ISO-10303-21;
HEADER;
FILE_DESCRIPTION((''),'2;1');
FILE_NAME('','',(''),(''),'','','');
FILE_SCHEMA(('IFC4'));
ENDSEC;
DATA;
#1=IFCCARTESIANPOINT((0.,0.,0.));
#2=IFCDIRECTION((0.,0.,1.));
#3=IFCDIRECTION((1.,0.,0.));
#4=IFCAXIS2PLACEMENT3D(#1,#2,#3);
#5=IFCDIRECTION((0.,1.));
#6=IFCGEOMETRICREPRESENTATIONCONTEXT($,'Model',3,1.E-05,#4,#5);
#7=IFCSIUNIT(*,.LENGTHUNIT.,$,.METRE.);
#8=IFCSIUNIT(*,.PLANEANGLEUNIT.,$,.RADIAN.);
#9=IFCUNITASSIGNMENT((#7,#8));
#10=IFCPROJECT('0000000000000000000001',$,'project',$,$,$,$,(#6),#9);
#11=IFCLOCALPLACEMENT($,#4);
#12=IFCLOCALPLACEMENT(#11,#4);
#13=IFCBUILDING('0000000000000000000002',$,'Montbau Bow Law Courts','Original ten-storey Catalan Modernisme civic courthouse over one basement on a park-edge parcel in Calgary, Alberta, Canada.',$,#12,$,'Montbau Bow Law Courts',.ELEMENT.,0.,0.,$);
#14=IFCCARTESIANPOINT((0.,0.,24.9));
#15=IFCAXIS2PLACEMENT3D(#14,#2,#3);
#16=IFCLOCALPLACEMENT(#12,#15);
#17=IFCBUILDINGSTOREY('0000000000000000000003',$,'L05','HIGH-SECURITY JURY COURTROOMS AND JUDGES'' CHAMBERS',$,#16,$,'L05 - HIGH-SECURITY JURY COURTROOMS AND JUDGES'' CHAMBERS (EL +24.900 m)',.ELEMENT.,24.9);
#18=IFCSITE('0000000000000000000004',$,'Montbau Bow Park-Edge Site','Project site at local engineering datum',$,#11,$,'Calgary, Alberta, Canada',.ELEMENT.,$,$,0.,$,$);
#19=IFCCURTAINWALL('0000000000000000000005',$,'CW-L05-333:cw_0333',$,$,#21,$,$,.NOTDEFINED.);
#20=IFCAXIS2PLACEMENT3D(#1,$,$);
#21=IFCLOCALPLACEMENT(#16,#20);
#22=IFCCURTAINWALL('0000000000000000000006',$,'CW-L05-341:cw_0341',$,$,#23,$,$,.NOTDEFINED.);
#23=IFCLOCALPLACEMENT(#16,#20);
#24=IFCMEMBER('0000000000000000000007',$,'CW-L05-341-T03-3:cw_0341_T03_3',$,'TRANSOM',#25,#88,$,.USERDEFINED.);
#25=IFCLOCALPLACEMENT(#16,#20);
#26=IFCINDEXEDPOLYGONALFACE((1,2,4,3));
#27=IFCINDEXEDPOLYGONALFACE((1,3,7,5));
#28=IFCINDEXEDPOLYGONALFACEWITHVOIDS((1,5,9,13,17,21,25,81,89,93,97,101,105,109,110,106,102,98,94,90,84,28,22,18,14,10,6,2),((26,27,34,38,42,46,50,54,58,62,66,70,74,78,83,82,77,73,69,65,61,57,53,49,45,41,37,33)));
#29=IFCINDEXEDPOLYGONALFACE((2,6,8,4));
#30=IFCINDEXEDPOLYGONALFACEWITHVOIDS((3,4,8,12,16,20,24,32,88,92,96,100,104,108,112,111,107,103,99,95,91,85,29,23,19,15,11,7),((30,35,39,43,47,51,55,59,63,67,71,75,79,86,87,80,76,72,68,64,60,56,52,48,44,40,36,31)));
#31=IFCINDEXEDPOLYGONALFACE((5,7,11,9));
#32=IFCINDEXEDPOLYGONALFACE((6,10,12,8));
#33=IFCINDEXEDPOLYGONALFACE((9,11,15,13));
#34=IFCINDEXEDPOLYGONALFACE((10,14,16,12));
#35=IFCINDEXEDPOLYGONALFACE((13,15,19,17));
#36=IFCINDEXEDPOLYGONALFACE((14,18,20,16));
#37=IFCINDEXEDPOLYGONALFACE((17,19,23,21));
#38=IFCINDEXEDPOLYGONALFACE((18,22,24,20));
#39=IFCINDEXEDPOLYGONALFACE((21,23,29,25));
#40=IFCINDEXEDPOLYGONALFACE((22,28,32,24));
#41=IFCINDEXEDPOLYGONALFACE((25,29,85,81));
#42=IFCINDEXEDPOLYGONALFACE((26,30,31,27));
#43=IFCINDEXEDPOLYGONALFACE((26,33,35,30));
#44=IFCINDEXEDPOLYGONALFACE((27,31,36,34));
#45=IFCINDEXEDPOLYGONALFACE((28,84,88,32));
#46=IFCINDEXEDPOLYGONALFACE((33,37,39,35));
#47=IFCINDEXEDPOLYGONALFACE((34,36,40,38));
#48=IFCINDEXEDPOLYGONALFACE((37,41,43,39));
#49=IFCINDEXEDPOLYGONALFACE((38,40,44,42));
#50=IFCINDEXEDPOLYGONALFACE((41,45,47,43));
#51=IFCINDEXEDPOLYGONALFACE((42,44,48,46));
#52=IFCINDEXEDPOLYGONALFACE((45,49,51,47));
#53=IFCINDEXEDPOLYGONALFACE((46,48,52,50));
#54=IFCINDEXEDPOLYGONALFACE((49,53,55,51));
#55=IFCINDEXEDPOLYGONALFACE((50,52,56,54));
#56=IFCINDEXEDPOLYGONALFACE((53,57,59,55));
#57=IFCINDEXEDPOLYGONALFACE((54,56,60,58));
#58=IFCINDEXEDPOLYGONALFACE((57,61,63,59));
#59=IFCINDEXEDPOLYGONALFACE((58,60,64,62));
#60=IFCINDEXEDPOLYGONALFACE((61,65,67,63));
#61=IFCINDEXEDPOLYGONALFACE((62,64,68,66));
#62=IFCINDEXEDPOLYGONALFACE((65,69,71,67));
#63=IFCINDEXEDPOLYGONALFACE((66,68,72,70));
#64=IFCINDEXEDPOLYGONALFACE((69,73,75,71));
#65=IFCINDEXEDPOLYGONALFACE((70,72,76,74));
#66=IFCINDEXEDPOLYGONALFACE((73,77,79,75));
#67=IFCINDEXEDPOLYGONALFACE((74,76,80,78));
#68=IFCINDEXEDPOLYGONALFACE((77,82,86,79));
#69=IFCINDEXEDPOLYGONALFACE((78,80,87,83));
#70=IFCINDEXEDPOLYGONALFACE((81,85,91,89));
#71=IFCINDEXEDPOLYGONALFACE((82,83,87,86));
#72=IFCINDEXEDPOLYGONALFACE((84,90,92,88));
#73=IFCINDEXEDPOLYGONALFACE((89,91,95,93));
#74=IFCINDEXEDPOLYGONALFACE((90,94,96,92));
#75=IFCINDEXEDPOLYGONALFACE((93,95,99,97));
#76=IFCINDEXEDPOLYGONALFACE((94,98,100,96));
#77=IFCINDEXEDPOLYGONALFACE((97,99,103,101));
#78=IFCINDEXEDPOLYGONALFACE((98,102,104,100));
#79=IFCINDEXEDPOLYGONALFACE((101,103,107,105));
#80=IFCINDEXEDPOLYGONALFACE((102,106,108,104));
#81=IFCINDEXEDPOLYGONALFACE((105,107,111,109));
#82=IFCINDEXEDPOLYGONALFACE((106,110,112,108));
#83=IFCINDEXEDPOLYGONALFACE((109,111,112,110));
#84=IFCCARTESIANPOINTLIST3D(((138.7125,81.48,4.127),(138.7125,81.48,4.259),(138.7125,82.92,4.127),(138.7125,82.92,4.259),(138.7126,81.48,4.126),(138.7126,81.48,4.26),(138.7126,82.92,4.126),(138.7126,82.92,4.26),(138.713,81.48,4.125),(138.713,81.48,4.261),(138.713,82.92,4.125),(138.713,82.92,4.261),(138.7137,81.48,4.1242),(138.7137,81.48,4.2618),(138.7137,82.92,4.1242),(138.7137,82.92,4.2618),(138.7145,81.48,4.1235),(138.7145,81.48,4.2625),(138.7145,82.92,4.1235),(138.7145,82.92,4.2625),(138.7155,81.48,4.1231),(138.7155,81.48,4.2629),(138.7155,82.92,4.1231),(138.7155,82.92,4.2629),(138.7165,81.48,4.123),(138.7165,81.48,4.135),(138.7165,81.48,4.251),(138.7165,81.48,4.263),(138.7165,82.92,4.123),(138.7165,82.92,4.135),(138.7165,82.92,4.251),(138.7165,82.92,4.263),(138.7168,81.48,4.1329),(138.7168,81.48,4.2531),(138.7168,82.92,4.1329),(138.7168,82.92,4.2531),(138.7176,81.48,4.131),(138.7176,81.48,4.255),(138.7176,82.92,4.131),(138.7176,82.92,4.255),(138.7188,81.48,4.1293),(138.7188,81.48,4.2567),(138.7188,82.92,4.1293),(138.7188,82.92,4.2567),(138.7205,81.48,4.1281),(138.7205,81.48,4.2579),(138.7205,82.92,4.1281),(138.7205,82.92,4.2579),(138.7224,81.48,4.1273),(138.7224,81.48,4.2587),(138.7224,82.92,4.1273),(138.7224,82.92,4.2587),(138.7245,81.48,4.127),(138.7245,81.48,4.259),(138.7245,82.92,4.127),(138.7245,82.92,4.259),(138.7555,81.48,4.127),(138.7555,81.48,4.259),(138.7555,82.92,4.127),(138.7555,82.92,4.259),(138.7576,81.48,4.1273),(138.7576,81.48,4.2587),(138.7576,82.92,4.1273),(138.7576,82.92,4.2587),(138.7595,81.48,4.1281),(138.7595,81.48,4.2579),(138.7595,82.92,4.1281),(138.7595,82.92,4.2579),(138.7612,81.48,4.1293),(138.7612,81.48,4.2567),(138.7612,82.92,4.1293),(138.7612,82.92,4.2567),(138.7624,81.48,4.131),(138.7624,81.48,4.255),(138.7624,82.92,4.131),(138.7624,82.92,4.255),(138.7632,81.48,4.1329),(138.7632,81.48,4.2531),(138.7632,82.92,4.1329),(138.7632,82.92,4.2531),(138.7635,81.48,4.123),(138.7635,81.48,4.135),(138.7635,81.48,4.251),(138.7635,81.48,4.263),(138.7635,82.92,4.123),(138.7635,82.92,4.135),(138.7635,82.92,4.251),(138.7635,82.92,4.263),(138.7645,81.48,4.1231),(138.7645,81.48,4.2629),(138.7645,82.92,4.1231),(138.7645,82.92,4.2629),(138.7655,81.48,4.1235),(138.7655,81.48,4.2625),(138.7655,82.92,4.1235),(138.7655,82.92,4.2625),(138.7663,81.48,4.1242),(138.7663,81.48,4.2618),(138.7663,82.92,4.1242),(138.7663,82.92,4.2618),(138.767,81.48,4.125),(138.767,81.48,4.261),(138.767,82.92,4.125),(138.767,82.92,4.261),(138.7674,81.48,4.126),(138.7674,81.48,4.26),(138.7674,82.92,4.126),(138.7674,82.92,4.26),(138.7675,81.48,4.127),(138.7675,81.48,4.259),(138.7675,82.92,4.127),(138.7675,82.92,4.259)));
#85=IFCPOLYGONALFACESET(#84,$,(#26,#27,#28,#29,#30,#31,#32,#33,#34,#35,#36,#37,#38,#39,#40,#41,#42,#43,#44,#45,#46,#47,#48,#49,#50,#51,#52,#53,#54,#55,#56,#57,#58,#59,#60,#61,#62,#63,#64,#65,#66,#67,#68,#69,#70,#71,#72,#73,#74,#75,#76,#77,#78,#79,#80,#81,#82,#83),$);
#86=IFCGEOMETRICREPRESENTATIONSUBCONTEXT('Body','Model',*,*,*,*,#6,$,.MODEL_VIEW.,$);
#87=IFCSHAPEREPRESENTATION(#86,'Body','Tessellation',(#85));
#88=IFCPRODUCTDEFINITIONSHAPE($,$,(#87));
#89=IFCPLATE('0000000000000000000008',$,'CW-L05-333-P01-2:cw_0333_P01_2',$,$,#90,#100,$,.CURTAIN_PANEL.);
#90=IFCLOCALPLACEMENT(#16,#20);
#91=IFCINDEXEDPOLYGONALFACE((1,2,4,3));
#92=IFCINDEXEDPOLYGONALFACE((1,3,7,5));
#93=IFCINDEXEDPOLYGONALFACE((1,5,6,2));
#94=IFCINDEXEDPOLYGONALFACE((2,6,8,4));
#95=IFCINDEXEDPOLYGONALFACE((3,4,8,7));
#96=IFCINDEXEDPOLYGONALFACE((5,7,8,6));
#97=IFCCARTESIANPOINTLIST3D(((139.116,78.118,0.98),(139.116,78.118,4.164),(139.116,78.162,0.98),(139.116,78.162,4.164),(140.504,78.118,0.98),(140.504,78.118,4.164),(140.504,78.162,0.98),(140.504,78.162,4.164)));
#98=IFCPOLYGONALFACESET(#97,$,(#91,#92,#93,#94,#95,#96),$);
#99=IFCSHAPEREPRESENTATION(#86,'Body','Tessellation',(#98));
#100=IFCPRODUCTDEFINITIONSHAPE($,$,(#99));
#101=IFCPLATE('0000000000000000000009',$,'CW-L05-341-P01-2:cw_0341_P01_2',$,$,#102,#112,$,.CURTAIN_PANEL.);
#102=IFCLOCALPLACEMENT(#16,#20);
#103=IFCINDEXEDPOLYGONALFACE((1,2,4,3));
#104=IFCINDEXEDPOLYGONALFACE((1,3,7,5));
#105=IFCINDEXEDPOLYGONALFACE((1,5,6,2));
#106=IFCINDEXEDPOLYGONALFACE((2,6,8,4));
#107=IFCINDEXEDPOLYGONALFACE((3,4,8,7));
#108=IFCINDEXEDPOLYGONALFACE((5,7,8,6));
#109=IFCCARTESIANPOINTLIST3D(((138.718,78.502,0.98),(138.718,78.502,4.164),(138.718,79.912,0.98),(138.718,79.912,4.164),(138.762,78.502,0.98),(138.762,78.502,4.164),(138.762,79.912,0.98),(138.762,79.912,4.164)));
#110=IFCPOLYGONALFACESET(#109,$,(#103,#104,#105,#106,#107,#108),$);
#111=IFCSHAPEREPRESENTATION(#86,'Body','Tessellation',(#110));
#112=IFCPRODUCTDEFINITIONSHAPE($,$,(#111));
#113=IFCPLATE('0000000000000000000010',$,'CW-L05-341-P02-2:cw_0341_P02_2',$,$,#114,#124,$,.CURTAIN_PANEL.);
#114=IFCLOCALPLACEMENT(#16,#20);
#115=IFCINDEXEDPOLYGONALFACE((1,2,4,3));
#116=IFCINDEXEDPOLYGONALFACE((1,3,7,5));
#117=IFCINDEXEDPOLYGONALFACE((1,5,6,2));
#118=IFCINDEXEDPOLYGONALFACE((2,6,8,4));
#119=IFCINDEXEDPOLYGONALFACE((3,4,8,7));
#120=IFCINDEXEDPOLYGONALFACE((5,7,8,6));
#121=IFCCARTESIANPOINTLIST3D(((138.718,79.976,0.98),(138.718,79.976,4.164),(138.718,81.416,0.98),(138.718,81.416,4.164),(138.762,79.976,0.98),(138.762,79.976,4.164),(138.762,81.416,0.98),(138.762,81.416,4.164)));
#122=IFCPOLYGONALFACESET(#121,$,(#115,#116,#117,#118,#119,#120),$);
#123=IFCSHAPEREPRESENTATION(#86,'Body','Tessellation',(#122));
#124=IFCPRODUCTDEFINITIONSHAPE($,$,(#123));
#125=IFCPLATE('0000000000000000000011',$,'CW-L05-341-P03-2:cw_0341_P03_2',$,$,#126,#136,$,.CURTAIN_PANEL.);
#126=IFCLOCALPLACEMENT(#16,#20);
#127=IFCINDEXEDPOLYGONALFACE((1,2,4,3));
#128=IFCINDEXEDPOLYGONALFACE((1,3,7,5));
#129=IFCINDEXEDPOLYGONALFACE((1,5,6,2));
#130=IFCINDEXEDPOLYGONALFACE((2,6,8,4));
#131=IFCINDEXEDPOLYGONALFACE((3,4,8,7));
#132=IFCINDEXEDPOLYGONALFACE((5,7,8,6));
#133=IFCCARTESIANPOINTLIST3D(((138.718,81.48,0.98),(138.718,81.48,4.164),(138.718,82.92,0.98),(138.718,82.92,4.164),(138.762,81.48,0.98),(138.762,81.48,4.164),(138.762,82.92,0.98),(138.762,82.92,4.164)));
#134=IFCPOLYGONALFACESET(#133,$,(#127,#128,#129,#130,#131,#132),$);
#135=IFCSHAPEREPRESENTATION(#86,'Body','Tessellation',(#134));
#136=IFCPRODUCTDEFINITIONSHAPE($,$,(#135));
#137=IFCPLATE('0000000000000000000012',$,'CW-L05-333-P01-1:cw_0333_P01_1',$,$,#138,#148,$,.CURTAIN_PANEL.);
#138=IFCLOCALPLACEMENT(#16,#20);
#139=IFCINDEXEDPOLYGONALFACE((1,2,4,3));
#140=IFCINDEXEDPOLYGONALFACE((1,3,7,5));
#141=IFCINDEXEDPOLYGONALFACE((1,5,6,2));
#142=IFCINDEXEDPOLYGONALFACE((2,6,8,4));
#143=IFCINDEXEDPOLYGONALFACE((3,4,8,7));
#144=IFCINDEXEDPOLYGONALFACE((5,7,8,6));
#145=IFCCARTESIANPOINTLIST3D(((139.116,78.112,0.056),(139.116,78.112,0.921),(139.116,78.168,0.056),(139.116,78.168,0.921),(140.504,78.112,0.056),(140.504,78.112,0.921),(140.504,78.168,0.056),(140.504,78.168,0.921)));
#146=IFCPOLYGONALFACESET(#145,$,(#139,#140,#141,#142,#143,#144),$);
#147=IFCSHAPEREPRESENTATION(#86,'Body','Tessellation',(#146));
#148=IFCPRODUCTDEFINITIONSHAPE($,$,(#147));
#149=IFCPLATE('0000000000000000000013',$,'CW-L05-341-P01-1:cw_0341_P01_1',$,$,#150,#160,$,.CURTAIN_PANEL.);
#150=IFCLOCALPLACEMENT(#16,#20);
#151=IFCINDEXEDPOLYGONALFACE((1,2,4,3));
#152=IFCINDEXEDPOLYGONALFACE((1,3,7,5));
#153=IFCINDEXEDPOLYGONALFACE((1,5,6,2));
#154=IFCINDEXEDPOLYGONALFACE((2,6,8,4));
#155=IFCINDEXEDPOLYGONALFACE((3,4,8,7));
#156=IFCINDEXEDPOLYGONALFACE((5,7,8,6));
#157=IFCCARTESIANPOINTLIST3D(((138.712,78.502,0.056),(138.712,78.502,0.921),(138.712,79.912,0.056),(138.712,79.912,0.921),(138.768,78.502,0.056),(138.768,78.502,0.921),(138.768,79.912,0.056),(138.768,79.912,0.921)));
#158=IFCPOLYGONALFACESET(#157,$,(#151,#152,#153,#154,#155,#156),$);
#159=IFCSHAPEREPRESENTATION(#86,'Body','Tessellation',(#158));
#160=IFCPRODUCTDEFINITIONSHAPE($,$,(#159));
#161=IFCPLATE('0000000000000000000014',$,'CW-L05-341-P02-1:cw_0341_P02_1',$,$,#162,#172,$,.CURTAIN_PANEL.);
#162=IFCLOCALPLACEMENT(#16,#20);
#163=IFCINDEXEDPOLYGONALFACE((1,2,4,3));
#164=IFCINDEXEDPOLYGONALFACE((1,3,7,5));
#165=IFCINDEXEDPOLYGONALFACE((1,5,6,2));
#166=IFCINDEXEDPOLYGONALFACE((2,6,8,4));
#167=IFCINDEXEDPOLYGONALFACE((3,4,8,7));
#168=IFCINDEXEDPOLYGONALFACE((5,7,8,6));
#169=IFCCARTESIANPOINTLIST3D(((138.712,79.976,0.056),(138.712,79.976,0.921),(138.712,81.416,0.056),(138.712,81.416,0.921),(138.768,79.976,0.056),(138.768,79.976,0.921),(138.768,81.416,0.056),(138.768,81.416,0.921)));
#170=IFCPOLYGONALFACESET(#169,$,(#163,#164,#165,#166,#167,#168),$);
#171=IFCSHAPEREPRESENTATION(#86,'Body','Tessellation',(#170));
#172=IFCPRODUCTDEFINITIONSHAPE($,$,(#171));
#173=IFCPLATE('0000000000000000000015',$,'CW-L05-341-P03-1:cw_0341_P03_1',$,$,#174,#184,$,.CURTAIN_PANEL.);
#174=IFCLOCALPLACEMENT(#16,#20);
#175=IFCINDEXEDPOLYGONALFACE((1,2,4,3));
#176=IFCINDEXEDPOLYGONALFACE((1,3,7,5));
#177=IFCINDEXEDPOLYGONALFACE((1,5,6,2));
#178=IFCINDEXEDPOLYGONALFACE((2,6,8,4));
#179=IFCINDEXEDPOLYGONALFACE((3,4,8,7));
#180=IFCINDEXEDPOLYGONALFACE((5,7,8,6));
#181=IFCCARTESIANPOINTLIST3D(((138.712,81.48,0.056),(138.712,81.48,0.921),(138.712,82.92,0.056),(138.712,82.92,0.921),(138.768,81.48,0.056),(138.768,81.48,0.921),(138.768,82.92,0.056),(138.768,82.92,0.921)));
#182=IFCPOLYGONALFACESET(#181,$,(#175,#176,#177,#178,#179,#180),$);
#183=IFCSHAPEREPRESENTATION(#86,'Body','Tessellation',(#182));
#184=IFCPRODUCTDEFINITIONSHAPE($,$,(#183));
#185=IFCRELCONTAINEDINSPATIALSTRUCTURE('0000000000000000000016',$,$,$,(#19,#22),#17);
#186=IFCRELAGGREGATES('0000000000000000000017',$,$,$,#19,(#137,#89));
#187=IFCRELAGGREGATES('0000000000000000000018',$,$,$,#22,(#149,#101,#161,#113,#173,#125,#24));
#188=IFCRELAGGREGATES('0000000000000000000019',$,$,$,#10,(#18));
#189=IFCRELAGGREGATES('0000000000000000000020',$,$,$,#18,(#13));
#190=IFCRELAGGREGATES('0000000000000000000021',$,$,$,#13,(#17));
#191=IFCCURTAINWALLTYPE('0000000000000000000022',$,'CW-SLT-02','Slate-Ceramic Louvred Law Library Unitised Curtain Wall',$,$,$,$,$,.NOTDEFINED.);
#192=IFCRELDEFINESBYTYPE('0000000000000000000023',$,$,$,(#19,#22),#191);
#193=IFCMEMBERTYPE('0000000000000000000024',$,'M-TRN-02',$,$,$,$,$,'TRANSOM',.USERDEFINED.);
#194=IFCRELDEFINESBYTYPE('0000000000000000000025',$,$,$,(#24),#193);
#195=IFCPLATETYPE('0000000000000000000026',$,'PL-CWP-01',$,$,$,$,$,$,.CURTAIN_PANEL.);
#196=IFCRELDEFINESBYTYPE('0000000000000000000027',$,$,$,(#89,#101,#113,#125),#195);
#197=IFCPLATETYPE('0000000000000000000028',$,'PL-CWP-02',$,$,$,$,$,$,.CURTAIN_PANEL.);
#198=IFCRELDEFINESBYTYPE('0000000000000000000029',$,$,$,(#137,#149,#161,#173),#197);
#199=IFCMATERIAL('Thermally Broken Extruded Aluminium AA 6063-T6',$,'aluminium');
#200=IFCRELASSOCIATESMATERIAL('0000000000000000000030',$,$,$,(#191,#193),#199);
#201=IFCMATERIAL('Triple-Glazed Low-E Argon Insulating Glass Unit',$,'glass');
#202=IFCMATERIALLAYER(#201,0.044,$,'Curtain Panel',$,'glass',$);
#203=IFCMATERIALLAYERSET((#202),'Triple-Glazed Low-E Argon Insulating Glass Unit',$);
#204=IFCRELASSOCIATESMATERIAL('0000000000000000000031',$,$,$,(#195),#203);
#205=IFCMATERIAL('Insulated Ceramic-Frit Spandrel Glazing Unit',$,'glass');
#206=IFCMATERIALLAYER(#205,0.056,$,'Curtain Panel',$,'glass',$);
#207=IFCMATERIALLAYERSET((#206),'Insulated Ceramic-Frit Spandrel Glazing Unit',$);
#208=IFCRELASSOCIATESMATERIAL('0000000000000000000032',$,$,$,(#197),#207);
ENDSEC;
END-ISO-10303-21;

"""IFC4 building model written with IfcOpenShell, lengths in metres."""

from ifc_helpers import new_model, si_unit, direction, frame, frame_2d, origin_with_axes, origin_2d_with_axis, place, context, subcontext, project, spatial, rectangle, hollow_rectangle, extrude, material, layer, layer_set, material_profile, profile_set, type_object, element, aggregate, save


model = new_model("IFC4")

# Units and contexts
model_context = context("Model", 3, precision=1e-05, world=origin_with_axes(), true_north=direction((0.0, 1.0)))
body_context = subcontext(model_context, "Body", "Model", "MODEL_VIEW")
ifc_project = project(units=[si_unit("LENGTHUNIT", "METRE"), si_unit("PLANEANGLEUNIT", "RADIAN")], contexts=[model_context])

# Site, building, storey
site_placement = place(None, origin_with_axes())
site = spatial("IfcSite", under=ifc_project, at=site_placement, Name="Montbau Bow Park-Edge Site", Description="Project site at local engineering datum", LongName="Calgary, Alberta, Canada", CompositionType="ELEMENT", RefElevation=0.0)
building_placement = place(site_placement, origin_with_axes())
building = spatial("IfcBuilding", under=site, at=building_placement, Name="Montbau Bow Law Courts", Description="Original ten-storey Catalan Modernisme civic courthouse over one basement on a park-edge parcel in Calgary, Alberta, Canada.", LongName="Montbau Bow Law Courts", CompositionType="ELEMENT", ElevationOfRefHeight=0.0, ElevationOfTerrain=0.0)
storey_placement = place(building_placement, frame((0.0, 0.0, 24.9), z_axis=(0.0, 0.0, 1.0), x_axis=(1.0, 0.0, 0.0)))
storey = spatial("IfcBuildingStorey", under=building, at=storey_placement, Name="L05", Description="HIGH-SECURITY JURY COURTROOMS AND JUDGES' CHAMBERS", LongName="L05 - HIGH-SECURITY JURY COURTROOMS AND JUDGES' CHAMBERS (EL +24.900 m)", CompositionType="ELEMENT", Elevation=24.9)

# Curtain walls, member
ifc_material_1 = material(Name="Thermally Broken Extruded Aluminium AA 6063-T6", Category="aluminium")
curtain_wall_type = type_object("IfcCurtainWallType", Name="CW-SLT-02", Description="Slate-Ceramic Louvred Law Library Unitised Curtain Wall", PredefinedType="NOTDEFINED", material=ifc_material_1)
curtain_wall_1_placement = place(None, frame((139.04, 78.14, 24.9), z_axis=(0.0, 0.0, 1.0), x_axis=(1.0, 0.0, 0.0)))
curtain_wall_1 = element("IfcCurtainWall", 1, at=curtain_wall_1_placement, inside=storey, type_object=curtain_wall_type, Name="CW-L05-333:cw_0333", PredefinedType="NOTDEFINED")
ifc_material_profile = material_profile(ifc_material_1, hollow_rectangle(XDim=0.055, YDim=0.14, WallThickness=0.004, InnerFilletRadius=0.008, OuterFilletRadius=0.004, at=origin_2d_with_axis()), Name="CWT-140X55", Category="Main", Priority=0)
ifc_profile_set = profile_set([ifc_material_profile], Name="Thermally Broken Extruded Aluminium AA 6063-T6")
member_type = type_object("IfcMemberType", Name="M-TRN-02", ElementType="TRANSOM", PredefinedType="USERDEFINED", material=ifc_profile_set)
curtain_wall_2_placement = place(None, frame((138.74, 78.44, 24.9), z_axis=(0.0, 0.0, 1.0), x_axis=(1.0, 0.0, 0.0)))
curtain_wall_2 = element("IfcCurtainWall", 2, at=curtain_wall_2_placement, inside=storey, type_object=curtain_wall_type, Name="CW-L05-341:cw_0341", PredefinedType="NOTDEFINED")
member_1_placement = place(None, frame((138.74, 81.48, 29.093), z_axis=(0.0, 1.0, 0.0), x_axis=(-1.0, 0.0, 0.0)))
member_1 = element("IfcMember", 3, at=member_1_placement, type_object=member_type, Name="CW-L05-341-T03-3:cw_0341_T03_3", ObjectType="TRANSOM", PredefinedType="USERDEFINED", context=body_context, shape_type="SweptSolid", body=[
    extrude(hollow_rectangle(XDim=0.055, YDim=0.14, WallThickness=0.004, InnerFilletRadius=0.008, OuterFilletRadius=0.004, at=origin_2d_with_axis()), origin_with_axes(), (0.0, 0.0, 1.0), 1.44),
])

# Plates
ifc_material_2 = material(Name="Triple-Glazed Low-E Argon Insulating Glass Unit", Category="glass")
ifc_layer_1 = layer(ifc_material_2, 0.044, Name="Curtain Panel", Category="glass")
ifc_layer_set_1 = layer_set([ifc_layer_1], Name="Triple-Glazed Low-E Argon Insulating Glass Unit")
plate_type_1 = type_object("IfcPlateType", Name="PL-CWP-01", PredefinedType="CURTAIN_PANEL", material=ifc_layer_set_1)
plate_1_placement = place(None, frame((139.116, 78.14, 25.88), z_axis=(0.0, -1.0, 0.0), x_axis=(1.0, 0.0, 0.0)))
plate_1 = element("IfcPlate", 4, at=plate_1_placement, type_object=plate_type_1, Name="CW-L05-333-P01-2:cw_0333_P01_2", PredefinedType="CURTAIN_PANEL", context=body_context, shape_type="SweptSolid", body=[
    extrude(rectangle(XDim=1.388, YDim=3.184, at=frame_2d((0.694, 1.592), x_axis=(1.0, 0.0))), frame((0.0, 0.0, -0.022), z_axis=(0.0, 0.0, 1.0), x_axis=(1.0, 0.0, 0.0)), (0.0, 0.0, 1.0), 0.044),
])
plate_2_placement = place(None, frame((138.74, 78.502, 25.88), z_axis=(1.0, 0.0, 0.0), x_axis=(0.0, 1.0, 0.0)))
plate_2 = element("IfcPlate", 5, at=plate_2_placement, type_object=plate_type_1, Name="CW-L05-341-P01-2:cw_0341_P01_2", PredefinedType="CURTAIN_PANEL", context=body_context, shape_type="SweptSolid", body=[
    extrude(rectangle(XDim=1.41, YDim=3.184, at=frame_2d((0.705, 1.592), x_axis=(1.0, 0.0))), frame((0.0, 0.0, -0.022), z_axis=(0.0, 0.0, 1.0), x_axis=(1.0, 0.0, 0.0)), (0.0, 0.0, 1.0), 0.044),
])
plate_3_placement = place(None, frame((138.74, 79.976, 25.88), z_axis=(1.0, 0.0, 0.0), x_axis=(0.0, 1.0, 0.0)))
plate_3 = element("IfcPlate", 6, at=plate_3_placement, type_object=plate_type_1, Name="CW-L05-341-P02-2:cw_0341_P02_2", PredefinedType="CURTAIN_PANEL", context=body_context, shape_type="SweptSolid", body=[
    extrude(rectangle(XDim=1.44, YDim=3.184, at=frame_2d((0.72, 1.592), x_axis=(1.0, 0.0))), frame((0.0, 0.0, -0.022), z_axis=(0.0, 0.0, 1.0), x_axis=(1.0, 0.0, 0.0)), (0.0, 0.0, 1.0), 0.044),
])
plate_4_placement = place(None, frame((138.74, 81.48, 25.88), z_axis=(1.0, 0.0, 0.0), x_axis=(0.0, 1.0, 0.0)))
plate_4 = element("IfcPlate", 7, at=plate_4_placement, type_object=plate_type_1, Name="CW-L05-341-P03-2:cw_0341_P03_2", PredefinedType="CURTAIN_PANEL", context=body_context, shape_type="SweptSolid", body=[
    extrude(rectangle(XDim=1.44, YDim=3.184, at=frame_2d((0.72, 1.592), x_axis=(1.0, 0.0))), frame((0.0, 0.0, -0.022), z_axis=(0.0, 0.0, 1.0), x_axis=(1.0, 0.0, 0.0)), (0.0, 0.0, 1.0), 0.044),
])
ifc_material_3 = material(Name="Insulated Ceramic-Frit Spandrel Glazing Unit", Category="glass")
ifc_layer_2 = layer(ifc_material_3, 0.056, Name="Curtain Panel", Category="glass")
ifc_layer_set_2 = layer_set([ifc_layer_2], Name="Insulated Ceramic-Frit Spandrel Glazing Unit")
plate_type_2 = type_object("IfcPlateType", Name="PL-CWP-02", PredefinedType="CURTAIN_PANEL", material=ifc_layer_set_2)
plate_5_placement = place(None, frame((139.116, 78.14, 24.956), z_axis=(0.0, -1.0, 0.0), x_axis=(1.0, 0.0, 0.0)))
plate_5 = element("IfcPlate", 8, at=plate_5_placement, type_object=plate_type_2, Name="CW-L05-333-P01-1:cw_0333_P01_1", PredefinedType="CURTAIN_PANEL", context=body_context, shape_type="SweptSolid", body=[
    extrude(rectangle(XDim=1.388, YDim=0.865, at=frame_2d((0.694, 0.4325), x_axis=(1.0, 0.0))), frame((0.0, 0.0, -0.028), z_axis=(0.0, 0.0, 1.0), x_axis=(1.0, 0.0, 0.0)), (0.0, 0.0, 1.0), 0.056),
])
aggregate(curtain_wall_1, [plate_5, plate_1])
plate_6_placement = place(None, frame((138.74, 78.502, 24.956), z_axis=(1.0, 0.0, 0.0), x_axis=(0.0, 1.0, 0.0)))
plate_6 = element("IfcPlate", 9, at=plate_6_placement, type_object=plate_type_2, Name="CW-L05-341-P01-1:cw_0341_P01_1", PredefinedType="CURTAIN_PANEL", context=body_context, shape_type="SweptSolid", body=[
    extrude(rectangle(XDim=1.41, YDim=0.865, at=frame_2d((0.705, 0.4325), x_axis=(1.0, 0.0))), frame((0.0, 0.0, -0.028), z_axis=(0.0, 0.0, 1.0), x_axis=(1.0, 0.0, 0.0)), (0.0, 0.0, 1.0), 0.056),
])
plate_7_placement = place(None, frame((138.74, 79.976, 24.956), z_axis=(1.0, 0.0, 0.0), x_axis=(0.0, 1.0, 0.0)))
plate_7 = element("IfcPlate", 10, at=plate_7_placement, type_object=plate_type_2, Name="CW-L05-341-P02-1:cw_0341_P02_1", PredefinedType="CURTAIN_PANEL", context=body_context, shape_type="SweptSolid", body=[
    extrude(rectangle(XDim=1.44, YDim=0.865, at=frame_2d((0.72, 0.4325), x_axis=(1.0, 0.0))), frame((0.0, 0.0, -0.028), z_axis=(0.0, 0.0, 1.0), x_axis=(1.0, 0.0, 0.0)), (0.0, 0.0, 1.0), 0.056),
])
plate_8_placement = place(None, frame((138.74, 81.48, 24.956), z_axis=(1.0, 0.0, 0.0), x_axis=(0.0, 1.0, 0.0)))
plate_8 = element("IfcPlate", 11, at=plate_8_placement, type_object=plate_type_2, Name="CW-L05-341-P03-1:cw_0341_P03_1", PredefinedType="CURTAIN_PANEL", context=body_context, shape_type="SweptSolid", body=[
    extrude(rectangle(XDim=1.44, YDim=0.865, at=frame_2d((0.72, 0.4325), x_axis=(1.0, 0.0))), frame((0.0, 0.0, -0.028), z_axis=(0.0, 0.0, 1.0), x_axis=(1.0, 0.0, 0.0)), (0.0, 0.0, 1.0), 0.056),
])
aggregate(curtain_wall_2, [plate_6, plate_2, plate_7, plate_3, plate_8, plate_4, member_1])

save(model, "model.ifc")
